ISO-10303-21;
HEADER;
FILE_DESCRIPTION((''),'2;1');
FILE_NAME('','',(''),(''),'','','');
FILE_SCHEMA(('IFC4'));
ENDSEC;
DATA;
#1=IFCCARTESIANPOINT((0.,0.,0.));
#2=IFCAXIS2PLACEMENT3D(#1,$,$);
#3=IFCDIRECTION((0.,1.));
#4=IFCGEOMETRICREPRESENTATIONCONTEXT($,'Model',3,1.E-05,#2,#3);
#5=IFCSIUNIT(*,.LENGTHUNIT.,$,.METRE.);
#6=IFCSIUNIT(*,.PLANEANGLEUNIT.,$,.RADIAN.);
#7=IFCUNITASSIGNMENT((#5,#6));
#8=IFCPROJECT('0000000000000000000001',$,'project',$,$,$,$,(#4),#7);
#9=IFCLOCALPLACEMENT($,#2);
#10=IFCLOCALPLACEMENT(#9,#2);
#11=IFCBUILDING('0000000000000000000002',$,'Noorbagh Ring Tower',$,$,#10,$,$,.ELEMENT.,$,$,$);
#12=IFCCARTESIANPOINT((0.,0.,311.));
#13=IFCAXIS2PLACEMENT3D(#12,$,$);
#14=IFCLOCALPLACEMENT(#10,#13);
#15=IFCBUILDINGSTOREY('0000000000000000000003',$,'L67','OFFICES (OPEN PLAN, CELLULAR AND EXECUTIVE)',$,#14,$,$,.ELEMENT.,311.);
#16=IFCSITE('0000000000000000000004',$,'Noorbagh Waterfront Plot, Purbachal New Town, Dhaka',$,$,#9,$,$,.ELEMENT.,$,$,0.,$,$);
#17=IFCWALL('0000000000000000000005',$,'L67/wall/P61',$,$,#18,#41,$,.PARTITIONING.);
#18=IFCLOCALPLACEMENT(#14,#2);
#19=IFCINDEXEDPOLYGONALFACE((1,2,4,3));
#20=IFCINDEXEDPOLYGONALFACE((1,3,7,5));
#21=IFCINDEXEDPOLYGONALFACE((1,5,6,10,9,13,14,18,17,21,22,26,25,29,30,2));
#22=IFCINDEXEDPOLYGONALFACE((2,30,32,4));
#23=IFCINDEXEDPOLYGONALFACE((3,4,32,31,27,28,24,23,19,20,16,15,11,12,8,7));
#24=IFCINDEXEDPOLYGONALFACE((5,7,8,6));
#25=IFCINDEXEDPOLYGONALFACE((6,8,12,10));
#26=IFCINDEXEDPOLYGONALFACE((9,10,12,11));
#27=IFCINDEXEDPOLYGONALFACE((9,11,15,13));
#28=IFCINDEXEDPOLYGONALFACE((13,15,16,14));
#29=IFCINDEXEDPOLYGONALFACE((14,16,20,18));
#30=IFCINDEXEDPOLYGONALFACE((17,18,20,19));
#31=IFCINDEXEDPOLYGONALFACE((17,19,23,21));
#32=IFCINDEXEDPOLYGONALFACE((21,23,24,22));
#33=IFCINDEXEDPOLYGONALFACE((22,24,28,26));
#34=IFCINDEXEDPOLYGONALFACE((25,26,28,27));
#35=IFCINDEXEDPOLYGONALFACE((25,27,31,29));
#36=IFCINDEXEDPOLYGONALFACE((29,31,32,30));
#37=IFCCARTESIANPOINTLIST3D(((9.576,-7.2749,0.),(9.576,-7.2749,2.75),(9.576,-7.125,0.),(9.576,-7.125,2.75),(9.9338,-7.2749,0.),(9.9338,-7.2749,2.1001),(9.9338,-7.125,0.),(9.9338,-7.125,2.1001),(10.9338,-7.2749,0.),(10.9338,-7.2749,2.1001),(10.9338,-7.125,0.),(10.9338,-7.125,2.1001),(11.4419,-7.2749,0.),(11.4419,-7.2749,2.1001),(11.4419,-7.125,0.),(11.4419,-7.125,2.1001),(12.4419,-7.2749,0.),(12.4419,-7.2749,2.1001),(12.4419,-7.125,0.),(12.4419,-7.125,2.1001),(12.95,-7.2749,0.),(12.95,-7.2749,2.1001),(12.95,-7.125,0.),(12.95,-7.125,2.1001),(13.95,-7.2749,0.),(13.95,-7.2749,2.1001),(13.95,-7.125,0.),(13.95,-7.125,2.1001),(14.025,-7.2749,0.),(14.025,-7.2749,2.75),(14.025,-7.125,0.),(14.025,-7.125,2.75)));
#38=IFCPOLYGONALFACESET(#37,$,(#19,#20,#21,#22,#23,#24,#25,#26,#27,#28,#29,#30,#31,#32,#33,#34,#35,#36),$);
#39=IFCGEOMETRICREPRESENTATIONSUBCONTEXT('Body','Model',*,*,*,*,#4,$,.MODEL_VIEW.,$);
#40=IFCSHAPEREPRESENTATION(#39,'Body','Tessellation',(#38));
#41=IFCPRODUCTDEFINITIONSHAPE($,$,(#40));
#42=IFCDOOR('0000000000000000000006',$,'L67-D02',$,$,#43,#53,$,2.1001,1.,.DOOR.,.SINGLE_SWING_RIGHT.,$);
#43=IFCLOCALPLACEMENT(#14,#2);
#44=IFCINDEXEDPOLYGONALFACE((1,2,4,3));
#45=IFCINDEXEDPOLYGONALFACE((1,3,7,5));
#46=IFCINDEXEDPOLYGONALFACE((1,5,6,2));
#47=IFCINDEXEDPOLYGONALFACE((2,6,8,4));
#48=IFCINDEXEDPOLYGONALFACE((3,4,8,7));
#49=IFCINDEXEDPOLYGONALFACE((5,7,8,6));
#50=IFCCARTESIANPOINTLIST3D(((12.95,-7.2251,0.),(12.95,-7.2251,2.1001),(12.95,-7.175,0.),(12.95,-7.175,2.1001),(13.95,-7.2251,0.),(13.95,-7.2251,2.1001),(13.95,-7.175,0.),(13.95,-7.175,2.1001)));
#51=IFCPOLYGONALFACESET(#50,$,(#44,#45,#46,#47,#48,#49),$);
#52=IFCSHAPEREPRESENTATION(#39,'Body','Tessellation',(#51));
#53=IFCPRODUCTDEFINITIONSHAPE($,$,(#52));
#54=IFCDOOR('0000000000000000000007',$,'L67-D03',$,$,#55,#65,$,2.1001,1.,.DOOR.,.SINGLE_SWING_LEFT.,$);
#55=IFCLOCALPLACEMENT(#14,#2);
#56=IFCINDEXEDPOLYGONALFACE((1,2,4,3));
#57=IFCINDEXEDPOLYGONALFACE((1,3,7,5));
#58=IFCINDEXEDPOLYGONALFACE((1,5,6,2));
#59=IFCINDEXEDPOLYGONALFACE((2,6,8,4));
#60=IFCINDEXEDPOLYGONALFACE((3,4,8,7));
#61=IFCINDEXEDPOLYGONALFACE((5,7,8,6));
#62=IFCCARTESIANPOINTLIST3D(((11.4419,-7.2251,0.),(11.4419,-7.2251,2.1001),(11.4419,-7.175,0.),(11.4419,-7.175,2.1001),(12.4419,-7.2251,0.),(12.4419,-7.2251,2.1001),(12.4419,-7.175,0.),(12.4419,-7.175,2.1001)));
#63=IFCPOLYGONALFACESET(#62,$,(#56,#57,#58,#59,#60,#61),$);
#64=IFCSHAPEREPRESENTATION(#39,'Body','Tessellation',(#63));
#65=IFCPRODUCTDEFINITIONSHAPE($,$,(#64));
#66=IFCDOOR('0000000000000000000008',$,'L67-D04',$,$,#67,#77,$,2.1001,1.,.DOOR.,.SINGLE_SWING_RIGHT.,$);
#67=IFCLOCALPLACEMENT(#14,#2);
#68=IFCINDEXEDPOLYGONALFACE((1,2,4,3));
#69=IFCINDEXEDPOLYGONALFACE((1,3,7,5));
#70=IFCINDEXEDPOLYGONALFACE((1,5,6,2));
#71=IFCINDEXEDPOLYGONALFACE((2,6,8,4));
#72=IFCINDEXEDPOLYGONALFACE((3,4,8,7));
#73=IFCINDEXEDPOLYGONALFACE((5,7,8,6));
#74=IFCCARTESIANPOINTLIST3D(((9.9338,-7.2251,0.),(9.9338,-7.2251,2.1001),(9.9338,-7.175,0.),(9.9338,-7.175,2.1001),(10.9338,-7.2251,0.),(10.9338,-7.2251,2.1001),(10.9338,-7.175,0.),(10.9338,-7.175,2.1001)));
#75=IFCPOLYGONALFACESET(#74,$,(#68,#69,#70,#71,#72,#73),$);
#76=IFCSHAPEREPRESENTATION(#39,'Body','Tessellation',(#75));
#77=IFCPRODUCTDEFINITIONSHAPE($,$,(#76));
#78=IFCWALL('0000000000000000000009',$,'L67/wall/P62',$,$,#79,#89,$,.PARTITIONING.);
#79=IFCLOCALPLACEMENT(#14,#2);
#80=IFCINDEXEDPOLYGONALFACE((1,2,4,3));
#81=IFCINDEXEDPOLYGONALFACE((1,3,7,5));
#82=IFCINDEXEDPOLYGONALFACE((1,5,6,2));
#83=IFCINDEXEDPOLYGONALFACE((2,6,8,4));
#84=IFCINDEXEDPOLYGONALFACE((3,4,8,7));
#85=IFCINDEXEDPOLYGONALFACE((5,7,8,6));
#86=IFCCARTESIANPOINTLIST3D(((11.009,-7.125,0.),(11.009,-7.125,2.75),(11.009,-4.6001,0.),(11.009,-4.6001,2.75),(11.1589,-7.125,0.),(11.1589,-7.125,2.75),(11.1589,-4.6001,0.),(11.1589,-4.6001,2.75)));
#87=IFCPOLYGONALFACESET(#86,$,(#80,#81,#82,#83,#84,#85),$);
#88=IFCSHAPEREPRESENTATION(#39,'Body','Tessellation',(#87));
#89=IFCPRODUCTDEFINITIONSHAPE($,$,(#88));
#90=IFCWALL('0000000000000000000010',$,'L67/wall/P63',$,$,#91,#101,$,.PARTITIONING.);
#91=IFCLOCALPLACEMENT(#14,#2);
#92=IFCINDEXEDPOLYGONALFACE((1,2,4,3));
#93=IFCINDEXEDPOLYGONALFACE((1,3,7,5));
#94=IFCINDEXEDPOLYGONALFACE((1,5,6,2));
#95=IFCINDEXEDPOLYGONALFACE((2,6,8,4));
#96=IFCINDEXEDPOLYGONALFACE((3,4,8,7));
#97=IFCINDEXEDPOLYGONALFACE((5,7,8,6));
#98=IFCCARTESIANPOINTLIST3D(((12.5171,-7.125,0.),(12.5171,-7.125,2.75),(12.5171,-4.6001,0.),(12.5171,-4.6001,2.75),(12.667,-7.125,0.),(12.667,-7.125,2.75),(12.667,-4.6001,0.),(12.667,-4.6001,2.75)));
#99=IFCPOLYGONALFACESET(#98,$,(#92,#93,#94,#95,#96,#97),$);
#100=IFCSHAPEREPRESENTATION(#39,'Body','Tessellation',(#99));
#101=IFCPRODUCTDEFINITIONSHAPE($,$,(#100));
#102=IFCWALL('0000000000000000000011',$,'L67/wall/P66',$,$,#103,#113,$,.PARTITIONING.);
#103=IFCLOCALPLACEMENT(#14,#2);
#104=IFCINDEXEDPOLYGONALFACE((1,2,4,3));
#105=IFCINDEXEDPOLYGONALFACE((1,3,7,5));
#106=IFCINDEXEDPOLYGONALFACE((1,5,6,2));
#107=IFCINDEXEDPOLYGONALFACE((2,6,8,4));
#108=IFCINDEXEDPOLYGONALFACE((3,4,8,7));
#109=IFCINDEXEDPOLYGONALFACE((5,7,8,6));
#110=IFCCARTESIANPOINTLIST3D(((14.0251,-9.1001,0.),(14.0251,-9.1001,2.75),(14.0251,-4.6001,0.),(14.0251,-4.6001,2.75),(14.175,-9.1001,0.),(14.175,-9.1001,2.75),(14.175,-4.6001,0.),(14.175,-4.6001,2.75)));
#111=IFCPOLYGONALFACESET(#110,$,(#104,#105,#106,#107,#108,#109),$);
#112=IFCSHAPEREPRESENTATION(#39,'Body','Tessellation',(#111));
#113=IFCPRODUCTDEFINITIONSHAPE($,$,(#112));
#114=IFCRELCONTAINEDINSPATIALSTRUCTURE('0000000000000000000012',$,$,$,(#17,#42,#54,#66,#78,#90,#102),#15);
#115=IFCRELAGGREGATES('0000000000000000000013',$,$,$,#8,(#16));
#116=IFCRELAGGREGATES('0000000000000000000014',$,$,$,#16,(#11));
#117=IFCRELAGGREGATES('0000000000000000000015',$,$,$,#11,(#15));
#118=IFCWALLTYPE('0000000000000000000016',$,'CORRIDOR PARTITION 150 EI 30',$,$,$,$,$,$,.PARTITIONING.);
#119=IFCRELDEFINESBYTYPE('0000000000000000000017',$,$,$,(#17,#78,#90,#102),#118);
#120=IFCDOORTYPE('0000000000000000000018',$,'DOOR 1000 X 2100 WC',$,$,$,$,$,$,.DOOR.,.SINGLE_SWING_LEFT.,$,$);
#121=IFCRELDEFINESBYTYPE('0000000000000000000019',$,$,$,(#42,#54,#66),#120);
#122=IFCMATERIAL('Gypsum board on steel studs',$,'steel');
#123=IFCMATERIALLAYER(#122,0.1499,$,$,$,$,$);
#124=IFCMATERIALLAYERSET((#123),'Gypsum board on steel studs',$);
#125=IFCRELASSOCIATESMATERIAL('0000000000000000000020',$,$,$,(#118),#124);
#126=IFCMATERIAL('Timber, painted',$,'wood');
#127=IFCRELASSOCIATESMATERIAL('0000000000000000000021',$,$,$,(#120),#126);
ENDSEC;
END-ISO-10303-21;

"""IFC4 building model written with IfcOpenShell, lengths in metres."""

from ifc_helpers import new_model, si_unit, direction, frame, frame_2d, origin, place, context, subcontext, project, spatial, rectangle, extrude, material, layer, layer_set, type_object, element, fill, save


model = new_model("IFC4")

# Units and contexts
model_context = context("Model", 3, precision=1e-05, world=origin(), true_north=direction((0.0, 1.0)))
body_context = subcontext(model_context, "Body", "Model", "MODEL_VIEW")
ifc_project = project(units=[si_unit("LENGTHUNIT", "METRE"), si_unit("PLANEANGLEUNIT", "RADIAN")], contexts=[model_context])

# Site, building, storey
site_placement = place(None, origin())
site = spatial("IfcSite", under=ifc_project, at=site_placement, Name="Noorbagh Waterfront Plot, Purbachal New Town, Dhaka", CompositionType="ELEMENT", RefElevation=0.0)
building_placement = place(site_placement, origin())
building = spatial("IfcBuilding", under=site, at=building_placement, Name="Noorbagh Ring Tower", CompositionType="ELEMENT")
storey_placement = place(building_placement, frame((0.0, 0.0, 311.0)))
storey = spatial("IfcBuildingStorey", under=building, at=storey_placement, Name="L67", Description="OFFICES (OPEN PLAN, CELLULAR AND EXECUTIVE)", CompositionType="ELEMENT", Elevation=311.0)

# Shared definitions
ifc_material_1 = material(Name="Gypsum board on steel studs", Category="steel")
ifc_layer_1 = layer(ifc_material_1, 0.1499)
ifc_layer_set_1 = layer_set([ifc_layer_1], Name="Gypsum board on steel studs")
wall_type_1 = type_object("IfcWallType", Name="CORRIDOR PARTITION 150 EI 30", PredefinedType="PARTITIONING", material=ifc_layer_set_1)

# Wall, openings, doors
wall_1_placement = place(storey_placement, frame((9.5759, -7.2, 0.0), z_axis=(0.0, 0.0, 1.0), x_axis=(1.0, 0.0, 0.0)))
wall_1 = element("IfcWall", 1, at=wall_1_placement, inside=storey, type_object=wall_type_1, Name="L67/wall/P61", PredefinedType="PARTITIONING", context=body_context, shape_type="SweptSolid", body=[
    extrude(rectangle(XDim=4.449, YDim=0.1499, at=frame_2d((2.2246, 0.0))), origin(), (0.0, 0.0, 1.0), 2.75),
])
opening_1_placement = place(wall_1_placement, frame((3.374, 0.0, 0.0)))
opening_1 = element("IfcOpeningElement", 2, at=opening_1_placement, cuts=wall_1, PredefinedType="OPENING", context=body_context, shape_type="SweptSolid", body=[
    extrude(rectangle(XDim=1.0, YDim=2.1001, at=frame_2d((0.5, 1.05))), frame((0.0, 0.085, 0.0), z_axis=(0.0, -1.0, 0.0), x_axis=(1.0, 0.0, 0.0)), (0.0, 0.0, 1.0), 0.1699),
])
opening_2_placement = place(wall_1_placement, frame((1.866, 0.0, 0.0)))
opening_2 = element("IfcOpeningElement", 3, at=opening_2_placement, cuts=wall_1, PredefinedType="OPENING", context=body_context, shape_type="SweptSolid", body=[
    extrude(rectangle(XDim=1.0, YDim=2.1001, at=frame_2d((0.5, 1.05))), frame((0.0, 0.085, 0.0), z_axis=(0.0, -1.0, 0.0), x_axis=(1.0, 0.0, 0.0)), (0.0, 0.0, 1.0), 0.1699),
])
opening_3_placement = place(wall_1_placement, frame((0.3579, 0.0, 0.0)))
opening_3 = element("IfcOpeningElement", 4, at=opening_3_placement, cuts=wall_1, PredefinedType="OPENING", context=body_context, shape_type="SweptSolid", body=[
    extrude(rectangle(XDim=1.0, YDim=2.1001, at=frame_2d((0.5, 1.05))), frame((0.0, 0.085, 0.0), z_axis=(0.0, -1.0, 0.0), x_axis=(1.0, 0.0, 0.0)), (0.0, 0.0, 1.0), 0.1699),
])
ifc_material_2 = material(Name="Timber, painted", Category="wood")
door_type_1 = type_object("IfcDoorType", Name="DOOR 1000 X 2100 WC", OperationType="SINGLE_SWING_LEFT", PredefinedType="DOOR", material=ifc_material_2)
door_1_placement = place(opening_1_placement, origin())
door_1 = element("IfcDoor", 5, at=door_1_placement, inside=storey, type_object=door_type_1, Name="L67-D02", OperationType="SINGLE_SWING_RIGHT", OverallHeight=2.1001, OverallWidth=1.0, PredefinedType="DOOR", context=body_context, shape_type="SweptSolid", body=[
    extrude(rectangle(XDim=1.0, YDim=2.1001, at=frame_2d((0.5, 1.05))), frame((0.0, 0.0249, 0.0), z_axis=(0.0, -1.0, 0.0), x_axis=(1.0, 0.0, 0.0)), (0.0, 0.0, 1.0), 0.05),
])
fill(opening_1, door_1)
door_2_placement = place(opening_2_placement, origin())
door_2 = element("IfcDoor", 6, at=door_2_placement, inside=storey, type_object=door_type_1, Name="L67-D03", OperationType="SINGLE_SWING_LEFT", OverallHeight=2.1001, OverallWidth=1.0, PredefinedType="DOOR", context=body_context, shape_type="SweptSolid", body=[
    extrude(rectangle(XDim=1.0, YDim=2.1001, at=frame_2d((0.5, 1.05))), frame((0.0, 0.0249, 0.0), z_axis=(0.0, -1.0, 0.0), x_axis=(1.0, 0.0, 0.0)), (0.0, 0.0, 1.0), 0.05),
])
fill(opening_2, door_2)
door_3_placement = place(opening_3_placement, origin())
door_3 = element("IfcDoor", 7, at=door_3_placement, inside=storey, type_object=door_type_1, Name="L67-D04", OperationType="SINGLE_SWING_RIGHT", OverallHeight=2.1001, OverallWidth=1.0, PredefinedType="DOOR", context=body_context, shape_type="SweptSolid", body=[
    extrude(rectangle(XDim=1.0, YDim=2.1001, at=frame_2d((0.5, 1.05))), frame((0.0, 0.0249, 0.0), z_axis=(0.0, -1.0, 0.0), x_axis=(1.0, 0.0, 0.0)), (0.0, 0.0, 1.0), 0.05),
])
fill(opening_3, door_3)

# Walls
for number, where, z_axis, x_axis, name in (
    (8, (11.084, -7.125, 0.0), (0.0, 0.0, 1.0), (0.0, 1.0, 0.0), "L67/wall/P62"),
    (9, (12.592, -7.125, 0.0), (0.0, 0.0, 1.0), (0.0, 1.0, 0.0), "L67/wall/P63"),
):
    element("IfcWall", number, at=place(storey_placement, frame(where, z_axis=z_axis, x_axis=x_axis)), inside=storey, type_object=wall_type_1, Name=name, PredefinedType="PARTITIONING", context=body_context, shape_type="SweptSolid", body=[
        extrude(rectangle(XDim=2.5249, YDim=0.1499, at=frame_2d((1.2625, 0.0))), origin(), (0.0, 0.0, 1.0), 2.75),
    ])
wall_2_placement = place(storey_placement, frame((14.1001, -9.1001, 0.0), z_axis=(0.0, 0.0, 1.0), x_axis=(0.0, 1.0, 0.0)))
element("IfcWall", 10, at=wall_2_placement, inside=storey, type_object=wall_type_1, Name="L67/wall/P66", PredefinedType="PARTITIONING", context=body_context, shape_type="SweptSolid", body=[
    extrude(rectangle(XDim=4.5, YDim=0.1499, at=frame_2d((2.25, 0.0))), origin(), (0.0, 0.0, 1.0), 2.75),
])

save(model, "model.ifc")
